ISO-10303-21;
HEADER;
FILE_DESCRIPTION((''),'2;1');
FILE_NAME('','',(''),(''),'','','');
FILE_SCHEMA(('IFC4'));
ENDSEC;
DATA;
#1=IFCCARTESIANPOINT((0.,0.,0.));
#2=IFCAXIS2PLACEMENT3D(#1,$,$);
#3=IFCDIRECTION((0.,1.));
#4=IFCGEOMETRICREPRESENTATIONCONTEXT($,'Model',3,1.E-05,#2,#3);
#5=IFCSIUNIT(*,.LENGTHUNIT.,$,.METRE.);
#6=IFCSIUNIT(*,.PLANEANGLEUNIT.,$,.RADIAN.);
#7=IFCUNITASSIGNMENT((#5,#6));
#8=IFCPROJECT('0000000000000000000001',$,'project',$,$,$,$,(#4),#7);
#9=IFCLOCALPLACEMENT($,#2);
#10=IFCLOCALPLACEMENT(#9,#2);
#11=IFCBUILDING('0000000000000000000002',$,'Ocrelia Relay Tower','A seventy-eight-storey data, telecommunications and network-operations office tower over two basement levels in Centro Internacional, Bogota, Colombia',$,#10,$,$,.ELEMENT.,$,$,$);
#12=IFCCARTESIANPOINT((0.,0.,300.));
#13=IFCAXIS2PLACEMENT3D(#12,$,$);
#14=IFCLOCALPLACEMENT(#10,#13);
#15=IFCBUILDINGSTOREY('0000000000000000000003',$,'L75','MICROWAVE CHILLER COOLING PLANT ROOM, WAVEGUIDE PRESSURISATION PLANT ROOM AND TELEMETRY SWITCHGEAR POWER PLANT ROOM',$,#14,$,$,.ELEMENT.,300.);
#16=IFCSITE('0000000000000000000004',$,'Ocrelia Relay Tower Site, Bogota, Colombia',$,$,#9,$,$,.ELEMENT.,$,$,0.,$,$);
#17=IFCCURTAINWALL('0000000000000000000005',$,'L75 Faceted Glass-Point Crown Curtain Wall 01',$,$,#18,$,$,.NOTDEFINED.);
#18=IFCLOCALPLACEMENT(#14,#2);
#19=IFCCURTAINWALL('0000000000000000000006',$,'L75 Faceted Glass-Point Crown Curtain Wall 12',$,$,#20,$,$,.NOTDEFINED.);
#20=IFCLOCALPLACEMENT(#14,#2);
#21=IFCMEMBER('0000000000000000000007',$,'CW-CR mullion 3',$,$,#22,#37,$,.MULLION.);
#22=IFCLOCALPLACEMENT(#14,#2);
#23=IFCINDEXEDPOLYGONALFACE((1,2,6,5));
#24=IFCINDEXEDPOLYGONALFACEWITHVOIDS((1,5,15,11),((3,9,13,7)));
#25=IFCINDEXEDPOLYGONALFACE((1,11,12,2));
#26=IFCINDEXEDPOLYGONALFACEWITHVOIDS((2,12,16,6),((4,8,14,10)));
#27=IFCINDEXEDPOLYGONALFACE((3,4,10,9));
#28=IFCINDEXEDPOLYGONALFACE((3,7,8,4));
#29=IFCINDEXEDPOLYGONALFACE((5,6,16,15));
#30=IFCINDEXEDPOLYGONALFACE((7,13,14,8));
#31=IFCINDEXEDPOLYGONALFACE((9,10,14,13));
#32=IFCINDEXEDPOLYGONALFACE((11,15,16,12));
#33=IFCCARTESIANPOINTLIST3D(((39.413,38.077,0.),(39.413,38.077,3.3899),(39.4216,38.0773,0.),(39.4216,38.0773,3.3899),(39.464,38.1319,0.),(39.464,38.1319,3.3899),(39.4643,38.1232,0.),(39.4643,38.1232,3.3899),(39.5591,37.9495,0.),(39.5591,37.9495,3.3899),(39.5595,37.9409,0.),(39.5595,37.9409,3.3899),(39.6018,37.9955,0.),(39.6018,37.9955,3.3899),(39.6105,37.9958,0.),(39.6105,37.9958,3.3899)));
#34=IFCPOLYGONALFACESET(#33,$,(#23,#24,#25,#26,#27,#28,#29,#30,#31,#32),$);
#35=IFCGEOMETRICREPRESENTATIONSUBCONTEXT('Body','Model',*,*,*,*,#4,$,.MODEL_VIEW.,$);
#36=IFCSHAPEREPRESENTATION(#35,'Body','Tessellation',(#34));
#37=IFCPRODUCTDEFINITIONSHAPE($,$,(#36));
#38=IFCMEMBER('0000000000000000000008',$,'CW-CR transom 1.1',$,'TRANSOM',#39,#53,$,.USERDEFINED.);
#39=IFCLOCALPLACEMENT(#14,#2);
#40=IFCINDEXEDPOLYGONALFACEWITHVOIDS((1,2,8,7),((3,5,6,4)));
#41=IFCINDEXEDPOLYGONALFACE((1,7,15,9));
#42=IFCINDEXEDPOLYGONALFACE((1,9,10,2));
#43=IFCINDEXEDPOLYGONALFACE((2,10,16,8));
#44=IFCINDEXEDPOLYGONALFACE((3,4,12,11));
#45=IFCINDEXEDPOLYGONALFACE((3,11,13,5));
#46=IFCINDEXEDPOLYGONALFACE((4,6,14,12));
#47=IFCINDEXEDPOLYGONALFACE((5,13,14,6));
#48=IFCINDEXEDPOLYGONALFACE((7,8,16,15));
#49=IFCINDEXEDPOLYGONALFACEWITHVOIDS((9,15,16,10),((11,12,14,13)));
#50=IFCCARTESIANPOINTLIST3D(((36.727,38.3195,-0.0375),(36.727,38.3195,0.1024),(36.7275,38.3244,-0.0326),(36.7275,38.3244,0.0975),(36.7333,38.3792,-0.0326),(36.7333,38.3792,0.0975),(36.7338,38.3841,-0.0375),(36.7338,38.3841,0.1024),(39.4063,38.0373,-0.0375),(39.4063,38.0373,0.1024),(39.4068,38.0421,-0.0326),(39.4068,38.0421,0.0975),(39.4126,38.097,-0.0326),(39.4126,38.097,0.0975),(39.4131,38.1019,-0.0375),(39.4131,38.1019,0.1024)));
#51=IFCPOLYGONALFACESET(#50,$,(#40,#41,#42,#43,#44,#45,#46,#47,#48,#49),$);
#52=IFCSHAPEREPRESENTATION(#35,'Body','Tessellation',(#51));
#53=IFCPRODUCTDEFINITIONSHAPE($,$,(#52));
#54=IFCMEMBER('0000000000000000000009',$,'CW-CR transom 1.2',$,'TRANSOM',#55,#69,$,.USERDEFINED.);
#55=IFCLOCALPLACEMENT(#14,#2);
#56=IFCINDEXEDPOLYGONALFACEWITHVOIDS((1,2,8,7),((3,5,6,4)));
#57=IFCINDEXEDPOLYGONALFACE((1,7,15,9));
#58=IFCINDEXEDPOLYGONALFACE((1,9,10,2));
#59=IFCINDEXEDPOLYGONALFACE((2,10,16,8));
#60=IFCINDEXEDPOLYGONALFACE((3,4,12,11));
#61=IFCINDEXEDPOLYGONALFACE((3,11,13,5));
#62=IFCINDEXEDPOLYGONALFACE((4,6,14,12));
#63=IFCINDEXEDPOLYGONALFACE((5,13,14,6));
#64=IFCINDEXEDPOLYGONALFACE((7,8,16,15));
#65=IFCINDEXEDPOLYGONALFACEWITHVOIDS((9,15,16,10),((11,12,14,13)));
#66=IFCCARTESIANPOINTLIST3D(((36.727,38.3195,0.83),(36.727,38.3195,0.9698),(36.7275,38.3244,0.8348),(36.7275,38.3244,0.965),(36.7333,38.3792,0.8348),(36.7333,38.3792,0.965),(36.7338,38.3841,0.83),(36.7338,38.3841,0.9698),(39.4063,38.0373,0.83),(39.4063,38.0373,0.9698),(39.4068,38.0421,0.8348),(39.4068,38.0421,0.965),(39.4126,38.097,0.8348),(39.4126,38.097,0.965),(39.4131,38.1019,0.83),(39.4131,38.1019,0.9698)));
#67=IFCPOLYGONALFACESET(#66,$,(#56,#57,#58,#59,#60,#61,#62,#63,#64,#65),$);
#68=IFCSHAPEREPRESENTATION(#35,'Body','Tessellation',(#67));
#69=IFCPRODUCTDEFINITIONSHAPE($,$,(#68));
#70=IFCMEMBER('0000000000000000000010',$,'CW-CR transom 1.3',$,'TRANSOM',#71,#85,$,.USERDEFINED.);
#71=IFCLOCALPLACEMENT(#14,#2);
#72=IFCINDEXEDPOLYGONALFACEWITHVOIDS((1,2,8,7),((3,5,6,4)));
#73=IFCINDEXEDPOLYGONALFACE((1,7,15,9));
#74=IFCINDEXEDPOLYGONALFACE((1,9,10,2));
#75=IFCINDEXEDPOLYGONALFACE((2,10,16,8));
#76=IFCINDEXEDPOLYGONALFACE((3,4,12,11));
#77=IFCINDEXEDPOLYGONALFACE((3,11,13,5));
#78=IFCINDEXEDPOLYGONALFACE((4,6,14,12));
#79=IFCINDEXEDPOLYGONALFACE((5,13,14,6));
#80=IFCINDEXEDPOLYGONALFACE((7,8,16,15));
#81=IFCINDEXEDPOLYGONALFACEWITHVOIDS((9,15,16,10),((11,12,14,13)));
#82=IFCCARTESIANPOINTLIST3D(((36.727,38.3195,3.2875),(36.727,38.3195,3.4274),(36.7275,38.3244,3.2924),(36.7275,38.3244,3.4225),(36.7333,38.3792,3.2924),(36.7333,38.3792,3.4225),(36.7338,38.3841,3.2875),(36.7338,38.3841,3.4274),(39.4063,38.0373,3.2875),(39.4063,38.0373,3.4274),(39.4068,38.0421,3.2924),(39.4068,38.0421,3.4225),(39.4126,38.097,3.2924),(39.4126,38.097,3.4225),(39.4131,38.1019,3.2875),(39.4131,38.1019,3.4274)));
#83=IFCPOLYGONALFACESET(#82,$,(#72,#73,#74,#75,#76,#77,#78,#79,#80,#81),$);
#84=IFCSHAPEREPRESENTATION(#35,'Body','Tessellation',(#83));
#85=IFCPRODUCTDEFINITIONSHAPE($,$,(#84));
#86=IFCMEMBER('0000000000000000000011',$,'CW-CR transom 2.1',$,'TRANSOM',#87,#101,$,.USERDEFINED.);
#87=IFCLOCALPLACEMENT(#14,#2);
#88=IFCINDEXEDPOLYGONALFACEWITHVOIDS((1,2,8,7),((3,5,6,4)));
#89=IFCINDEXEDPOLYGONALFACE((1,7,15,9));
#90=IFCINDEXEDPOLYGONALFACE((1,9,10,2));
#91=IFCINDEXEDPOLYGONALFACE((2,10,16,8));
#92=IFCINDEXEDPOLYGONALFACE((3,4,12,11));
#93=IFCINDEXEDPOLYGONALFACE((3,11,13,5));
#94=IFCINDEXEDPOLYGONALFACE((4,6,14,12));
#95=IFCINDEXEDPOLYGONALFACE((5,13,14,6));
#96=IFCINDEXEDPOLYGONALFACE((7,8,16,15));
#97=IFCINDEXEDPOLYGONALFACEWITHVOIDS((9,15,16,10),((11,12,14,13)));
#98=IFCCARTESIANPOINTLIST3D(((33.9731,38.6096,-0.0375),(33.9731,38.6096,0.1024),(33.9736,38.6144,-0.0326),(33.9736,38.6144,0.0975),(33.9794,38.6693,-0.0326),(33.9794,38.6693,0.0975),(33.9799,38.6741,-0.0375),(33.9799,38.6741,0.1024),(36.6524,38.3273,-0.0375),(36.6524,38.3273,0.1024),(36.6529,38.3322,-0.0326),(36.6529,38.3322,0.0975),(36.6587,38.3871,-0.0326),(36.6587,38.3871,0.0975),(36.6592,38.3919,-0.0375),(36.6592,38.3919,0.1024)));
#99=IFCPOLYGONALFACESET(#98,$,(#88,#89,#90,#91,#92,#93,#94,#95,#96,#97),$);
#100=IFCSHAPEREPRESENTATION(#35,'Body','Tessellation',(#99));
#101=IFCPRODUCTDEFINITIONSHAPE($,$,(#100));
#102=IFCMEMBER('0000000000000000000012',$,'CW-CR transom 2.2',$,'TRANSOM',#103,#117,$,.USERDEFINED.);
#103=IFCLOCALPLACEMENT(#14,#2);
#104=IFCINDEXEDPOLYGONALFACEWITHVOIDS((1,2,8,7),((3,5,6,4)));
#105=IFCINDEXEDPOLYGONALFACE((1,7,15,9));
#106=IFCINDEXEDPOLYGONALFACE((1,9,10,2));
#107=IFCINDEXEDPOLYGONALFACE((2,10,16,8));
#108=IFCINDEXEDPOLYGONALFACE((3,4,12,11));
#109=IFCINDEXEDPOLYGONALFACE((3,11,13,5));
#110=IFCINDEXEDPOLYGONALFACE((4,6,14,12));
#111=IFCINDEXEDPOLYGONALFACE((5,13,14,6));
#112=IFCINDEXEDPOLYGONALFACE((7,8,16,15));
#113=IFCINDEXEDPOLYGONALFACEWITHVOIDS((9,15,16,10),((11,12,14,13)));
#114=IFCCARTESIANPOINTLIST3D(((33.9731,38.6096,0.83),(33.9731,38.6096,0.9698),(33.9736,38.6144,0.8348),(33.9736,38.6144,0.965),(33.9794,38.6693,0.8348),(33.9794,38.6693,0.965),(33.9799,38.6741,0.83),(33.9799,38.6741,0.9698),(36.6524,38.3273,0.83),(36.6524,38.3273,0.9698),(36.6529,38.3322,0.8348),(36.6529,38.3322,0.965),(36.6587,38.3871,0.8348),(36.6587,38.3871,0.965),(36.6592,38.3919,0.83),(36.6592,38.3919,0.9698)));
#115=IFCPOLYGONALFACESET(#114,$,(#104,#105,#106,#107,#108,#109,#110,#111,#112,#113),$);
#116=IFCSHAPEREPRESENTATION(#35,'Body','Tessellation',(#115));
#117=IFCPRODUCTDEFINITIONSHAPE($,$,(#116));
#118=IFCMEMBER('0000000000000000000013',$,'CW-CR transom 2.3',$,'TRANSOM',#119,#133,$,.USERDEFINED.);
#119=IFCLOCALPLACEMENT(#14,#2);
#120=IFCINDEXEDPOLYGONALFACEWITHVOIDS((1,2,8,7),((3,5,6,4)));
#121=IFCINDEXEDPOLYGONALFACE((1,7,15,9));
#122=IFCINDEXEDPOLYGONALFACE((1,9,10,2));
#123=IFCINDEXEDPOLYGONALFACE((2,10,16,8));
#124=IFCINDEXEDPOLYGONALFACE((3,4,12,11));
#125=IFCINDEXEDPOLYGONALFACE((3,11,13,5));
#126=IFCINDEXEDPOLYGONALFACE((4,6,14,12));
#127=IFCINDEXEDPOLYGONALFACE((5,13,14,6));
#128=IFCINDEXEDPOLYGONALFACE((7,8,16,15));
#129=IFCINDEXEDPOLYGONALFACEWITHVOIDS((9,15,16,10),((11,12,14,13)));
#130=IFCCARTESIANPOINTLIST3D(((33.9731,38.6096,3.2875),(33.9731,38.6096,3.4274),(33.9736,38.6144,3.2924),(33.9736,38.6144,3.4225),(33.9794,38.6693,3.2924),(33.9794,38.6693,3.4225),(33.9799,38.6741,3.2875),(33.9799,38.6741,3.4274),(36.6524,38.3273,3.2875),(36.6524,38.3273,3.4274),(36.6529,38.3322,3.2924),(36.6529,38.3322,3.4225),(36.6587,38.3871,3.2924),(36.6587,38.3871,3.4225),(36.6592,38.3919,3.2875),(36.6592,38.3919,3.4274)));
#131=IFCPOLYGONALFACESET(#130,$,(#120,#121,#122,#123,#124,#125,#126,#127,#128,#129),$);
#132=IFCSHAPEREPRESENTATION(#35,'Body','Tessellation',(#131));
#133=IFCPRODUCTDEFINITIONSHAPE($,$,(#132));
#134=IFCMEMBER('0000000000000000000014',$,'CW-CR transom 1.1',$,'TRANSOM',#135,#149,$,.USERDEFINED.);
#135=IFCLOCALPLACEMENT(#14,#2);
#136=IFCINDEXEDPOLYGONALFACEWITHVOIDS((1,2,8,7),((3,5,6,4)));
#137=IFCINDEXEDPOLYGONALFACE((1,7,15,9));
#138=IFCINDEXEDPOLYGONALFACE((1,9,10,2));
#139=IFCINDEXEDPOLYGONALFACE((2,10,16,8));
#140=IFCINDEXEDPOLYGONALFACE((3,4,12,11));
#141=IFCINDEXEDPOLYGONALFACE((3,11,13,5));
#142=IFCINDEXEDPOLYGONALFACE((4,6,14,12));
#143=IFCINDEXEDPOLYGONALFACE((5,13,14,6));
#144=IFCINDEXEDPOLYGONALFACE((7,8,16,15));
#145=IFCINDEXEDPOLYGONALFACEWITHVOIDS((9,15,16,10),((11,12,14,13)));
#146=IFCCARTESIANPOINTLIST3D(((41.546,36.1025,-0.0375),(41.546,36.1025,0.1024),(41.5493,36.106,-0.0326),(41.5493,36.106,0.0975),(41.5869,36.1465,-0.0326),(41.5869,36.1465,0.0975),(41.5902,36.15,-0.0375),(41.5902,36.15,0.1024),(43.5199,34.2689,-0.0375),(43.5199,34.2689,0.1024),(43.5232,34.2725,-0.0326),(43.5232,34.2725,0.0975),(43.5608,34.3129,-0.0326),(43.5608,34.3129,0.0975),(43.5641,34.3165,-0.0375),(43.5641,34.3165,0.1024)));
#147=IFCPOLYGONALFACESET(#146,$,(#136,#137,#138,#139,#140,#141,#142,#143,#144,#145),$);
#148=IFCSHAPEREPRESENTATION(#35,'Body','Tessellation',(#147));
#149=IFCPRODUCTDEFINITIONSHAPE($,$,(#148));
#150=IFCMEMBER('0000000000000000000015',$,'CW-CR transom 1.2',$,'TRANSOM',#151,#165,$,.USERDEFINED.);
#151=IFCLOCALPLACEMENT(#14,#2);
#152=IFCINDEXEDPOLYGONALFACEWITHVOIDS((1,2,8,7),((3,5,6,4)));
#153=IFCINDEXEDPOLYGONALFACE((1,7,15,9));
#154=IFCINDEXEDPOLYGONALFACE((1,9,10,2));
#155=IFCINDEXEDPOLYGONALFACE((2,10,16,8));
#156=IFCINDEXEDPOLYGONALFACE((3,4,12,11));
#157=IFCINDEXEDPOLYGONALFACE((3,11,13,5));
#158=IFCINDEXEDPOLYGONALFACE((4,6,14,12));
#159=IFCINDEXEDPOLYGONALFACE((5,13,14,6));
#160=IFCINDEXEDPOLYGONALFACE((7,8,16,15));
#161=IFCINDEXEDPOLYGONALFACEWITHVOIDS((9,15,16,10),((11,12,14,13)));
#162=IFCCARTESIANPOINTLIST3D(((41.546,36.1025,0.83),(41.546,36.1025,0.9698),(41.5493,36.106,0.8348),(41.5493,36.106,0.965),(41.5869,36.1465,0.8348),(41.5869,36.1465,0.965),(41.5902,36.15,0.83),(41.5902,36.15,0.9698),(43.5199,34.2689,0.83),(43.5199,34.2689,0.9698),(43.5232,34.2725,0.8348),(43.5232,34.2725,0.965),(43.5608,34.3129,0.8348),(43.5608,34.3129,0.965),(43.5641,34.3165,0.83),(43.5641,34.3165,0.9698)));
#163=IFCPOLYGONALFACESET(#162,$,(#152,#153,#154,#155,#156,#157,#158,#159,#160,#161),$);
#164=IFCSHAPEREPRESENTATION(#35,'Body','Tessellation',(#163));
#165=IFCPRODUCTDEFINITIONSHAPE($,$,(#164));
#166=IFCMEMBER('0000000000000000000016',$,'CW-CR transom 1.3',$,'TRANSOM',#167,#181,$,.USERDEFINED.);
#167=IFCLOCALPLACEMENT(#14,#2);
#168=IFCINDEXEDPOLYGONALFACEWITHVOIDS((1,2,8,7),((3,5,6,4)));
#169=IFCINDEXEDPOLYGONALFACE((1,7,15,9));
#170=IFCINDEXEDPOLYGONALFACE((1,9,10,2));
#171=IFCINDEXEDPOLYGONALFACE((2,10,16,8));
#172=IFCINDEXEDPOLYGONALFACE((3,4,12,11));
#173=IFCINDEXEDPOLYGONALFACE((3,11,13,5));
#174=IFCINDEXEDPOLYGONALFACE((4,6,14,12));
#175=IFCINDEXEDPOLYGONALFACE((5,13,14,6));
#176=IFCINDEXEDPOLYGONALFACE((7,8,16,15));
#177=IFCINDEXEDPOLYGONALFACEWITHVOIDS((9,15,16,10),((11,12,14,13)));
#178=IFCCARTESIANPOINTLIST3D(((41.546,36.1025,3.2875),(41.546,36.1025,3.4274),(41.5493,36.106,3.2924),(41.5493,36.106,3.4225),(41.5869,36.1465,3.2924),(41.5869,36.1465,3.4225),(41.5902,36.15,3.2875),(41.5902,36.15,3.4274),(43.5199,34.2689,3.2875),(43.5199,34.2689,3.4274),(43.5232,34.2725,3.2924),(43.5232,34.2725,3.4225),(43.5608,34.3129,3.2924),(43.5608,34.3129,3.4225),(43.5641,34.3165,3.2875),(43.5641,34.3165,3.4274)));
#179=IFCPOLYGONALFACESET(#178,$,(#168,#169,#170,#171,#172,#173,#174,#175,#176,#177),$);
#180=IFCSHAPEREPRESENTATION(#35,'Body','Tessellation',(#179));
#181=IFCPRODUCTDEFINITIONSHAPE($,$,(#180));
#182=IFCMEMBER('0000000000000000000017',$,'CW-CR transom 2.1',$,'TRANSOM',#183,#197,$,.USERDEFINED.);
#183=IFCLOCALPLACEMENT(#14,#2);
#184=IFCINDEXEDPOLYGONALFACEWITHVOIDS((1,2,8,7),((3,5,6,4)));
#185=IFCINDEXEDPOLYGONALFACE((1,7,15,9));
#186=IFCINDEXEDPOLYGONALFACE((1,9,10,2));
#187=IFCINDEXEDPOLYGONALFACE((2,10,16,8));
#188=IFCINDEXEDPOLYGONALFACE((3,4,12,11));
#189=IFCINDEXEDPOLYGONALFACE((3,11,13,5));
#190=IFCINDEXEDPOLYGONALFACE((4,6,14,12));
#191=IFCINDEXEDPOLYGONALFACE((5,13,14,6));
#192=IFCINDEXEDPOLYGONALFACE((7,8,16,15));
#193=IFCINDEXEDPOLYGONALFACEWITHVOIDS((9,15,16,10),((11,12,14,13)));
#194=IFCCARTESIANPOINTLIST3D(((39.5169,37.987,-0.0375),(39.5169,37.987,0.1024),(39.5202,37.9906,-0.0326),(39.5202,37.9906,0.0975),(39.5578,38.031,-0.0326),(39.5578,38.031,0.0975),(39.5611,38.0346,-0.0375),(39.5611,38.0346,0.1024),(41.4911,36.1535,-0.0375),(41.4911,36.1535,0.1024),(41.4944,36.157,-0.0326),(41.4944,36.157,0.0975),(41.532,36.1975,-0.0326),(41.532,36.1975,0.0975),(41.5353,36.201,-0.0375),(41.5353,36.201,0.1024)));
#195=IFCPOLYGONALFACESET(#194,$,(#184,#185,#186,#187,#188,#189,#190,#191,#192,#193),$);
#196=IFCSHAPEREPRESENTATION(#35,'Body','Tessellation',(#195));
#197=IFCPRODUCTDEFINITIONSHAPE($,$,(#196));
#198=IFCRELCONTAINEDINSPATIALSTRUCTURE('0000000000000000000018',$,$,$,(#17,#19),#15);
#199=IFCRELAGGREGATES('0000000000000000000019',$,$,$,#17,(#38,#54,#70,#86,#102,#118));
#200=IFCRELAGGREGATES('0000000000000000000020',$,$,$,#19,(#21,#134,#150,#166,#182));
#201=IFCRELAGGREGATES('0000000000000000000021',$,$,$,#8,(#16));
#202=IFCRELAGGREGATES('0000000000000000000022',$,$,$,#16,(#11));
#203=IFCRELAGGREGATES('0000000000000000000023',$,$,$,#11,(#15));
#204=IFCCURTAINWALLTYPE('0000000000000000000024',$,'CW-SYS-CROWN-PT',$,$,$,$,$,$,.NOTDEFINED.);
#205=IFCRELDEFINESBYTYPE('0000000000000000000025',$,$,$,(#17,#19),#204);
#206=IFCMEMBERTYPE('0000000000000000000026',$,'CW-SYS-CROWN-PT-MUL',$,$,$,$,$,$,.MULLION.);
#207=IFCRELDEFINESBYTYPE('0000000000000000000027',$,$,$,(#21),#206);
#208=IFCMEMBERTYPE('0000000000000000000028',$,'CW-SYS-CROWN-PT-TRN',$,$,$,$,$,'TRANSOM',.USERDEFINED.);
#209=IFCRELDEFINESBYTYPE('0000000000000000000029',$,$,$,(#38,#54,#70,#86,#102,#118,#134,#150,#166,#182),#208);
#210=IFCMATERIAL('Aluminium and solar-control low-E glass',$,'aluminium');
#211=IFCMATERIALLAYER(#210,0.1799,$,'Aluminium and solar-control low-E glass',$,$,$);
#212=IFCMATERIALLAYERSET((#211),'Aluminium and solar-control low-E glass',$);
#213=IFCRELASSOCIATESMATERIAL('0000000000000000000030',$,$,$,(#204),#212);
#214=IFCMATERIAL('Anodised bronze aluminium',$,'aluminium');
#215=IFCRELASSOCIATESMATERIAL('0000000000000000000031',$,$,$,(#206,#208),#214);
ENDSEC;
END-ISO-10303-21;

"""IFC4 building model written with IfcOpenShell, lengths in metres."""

from ifc_helpers import new_model, si_unit, direction, frame, origin, origin_2d, place, context, subcontext, project, spatial, hollow_rectangle, extrude, material, layer, layer_set, material_profile, profile_set, type_object, element, aggregate, save


model = new_model("IFC4")

# Units and contexts
model_context = context("Model", 3, precision=1e-05, world=origin(), true_north=direction((0.0, 1.0)))
body_context = subcontext(model_context, "Body", "Model", "MODEL_VIEW")
ifc_project = project(units=[si_unit("LENGTHUNIT", "METRE"), si_unit("PLANEANGLEUNIT", "RADIAN")], contexts=[model_context])

# Site, building, storey
site_placement = place(None, origin())
site = spatial("IfcSite", under=ifc_project, at=site_placement, Name="Ocrelia Relay Tower Site, Bogota, Colombia", CompositionType="ELEMENT", RefElevation=0.0)
building_placement = place(site_placement, origin())
building = spatial("IfcBuilding", under=site, at=building_placement, Name="Ocrelia Relay Tower", Description="A seventy-eight-storey data, telecommunications and network-operations office tower over two basement levels in Centro Internacional, Bogota, Colombia", CompositionType="ELEMENT")
storey_placement = place(building_placement, frame((0.0, 0.0, 300.0)))
storey = spatial("IfcBuildingStorey", under=building, at=storey_placement, Name="L75", Description="MICROWAVE CHILLER COOLING PLANT ROOM, WAVEGUIDE PRESSURISATION PLANT ROOM AND TELEMETRY SWITCHGEAR POWER PLANT ROOM", CompositionType="ELEMENT", Elevation=300.0)

# Curtain wall
ifc_material_1 = material(Name="Aluminium and solar-control low-E glass", Category="aluminium")
ifc_layer_1 = layer(ifc_material_1, 0.1799, Name="Aluminium and solar-control low-E glass")
ifc_layer_set_1 = layer_set([ifc_layer_1], Name="Aluminium and solar-control low-E glass")
curtain_wall_type = type_object("IfcCurtainWallType", Name="CW-SYS-CROWN-PT", PredefinedType="NOTDEFINED", material=ifc_layer_set_1)
curtain_wall_1_placement = place(storey_placement, origin())
curtain_wall_1 = element("IfcCurtainWall", 1, at=curtain_wall_1_placement, inside=storey, type_object=curtain_wall_type, Name="L75 Faceted Glass-Point Crown Curtain Wall 01", PredefinedType="NOTDEFINED")
ifc_material_2 = material(Name="Anodised bronze aluminium", Category="aluminium")
ifc_material_profile_1 = material_profile(ifc_material_2, hollow_rectangle(XDim=0.075, YDim=0.2, WallThickness=0.0061, at=origin_2d()), Name="CW-MUL-200x75")
ifc_profile_set_1 = profile_set([ifc_material_profile_1], Name="Anodised bronze aluminium")
member_type_1 = type_object("IfcMemberType", Name="CW-SYS-CROWN-PT-MUL", PredefinedType="MULLION", material=ifc_profile_set_1)

# Curtain wall, member
curtain_wall_2_placement = place(storey_placement, origin())
curtain_wall_2 = element("IfcCurtainWall", 2, at=curtain_wall_2_placement, inside=storey, type_object=curtain_wall_type, Name="L75 Faceted Glass-Point Crown Curtain Wall 12", PredefinedType="NOTDEFINED")
member_1_placement = place(storey_placement, frame((39.5117, 38.0364, 0.0), z_axis=(0.0, 0.0, 1.0), x_axis=(-0.680553, -0.732699, 0.0)))
member_1 = element("IfcMember", 3, at=member_1_placement, type_object=member_type_1, Name="CW-CR mullion 3", PredefinedType="MULLION", context=body_context, shape_type="SweptSolid", body=[
    extrude(hollow_rectangle(XDim=0.075, YDim=0.2, WallThickness=0.0061, at=origin_2d()), origin(), (0.0, 0.0, 1.0), 3.3899),
])

# Members
ifc_material_profile_2 = material_profile(ifc_material_2, hollow_rectangle(XDim=0.0649, YDim=0.1399, WallThickness=0.0049, at=origin_2d()), Name="CW-TRN-140x65")
ifc_profile_set_2 = profile_set([ifc_material_profile_2], Name="Anodised bronze aluminium")
member_type_2 = type_object("IfcMemberType", Name="CW-SYS-CROWN-PT-TRN", ElementType="TRANSOM", PredefinedType="USERDEFINED", material=ifc_profile_set_2)
member_2_placement = place(storey_placement, frame((39.4097, 38.0696, 0.0325), z_axis=(-0.994498, 0.10476, 0.0), x_axis=(-0.10476, -0.994498, 0.0)))
member_2 = element("IfcMember", 4, at=member_2_placement, type_object=member_type_2, Name="CW-CR transom 1.1", ObjectType="TRANSOM", PredefinedType="USERDEFINED", context=body_context, shape_type="SweptSolid", body=[
    extrude(hollow_rectangle(XDim=0.0649, YDim=0.1399, WallThickness=0.0049, at=origin_2d()), origin(), (0.0, 0.0, 1.0), 2.6941),
])
member_3_placement = place(storey_placement, frame((39.4097, 38.0696, 0.8999), z_axis=(-0.994498, 0.10476, 0.0), x_axis=(-0.10476, -0.994498, 0.0)))
member_3 = element("IfcMember", 5, at=member_3_placement, type_object=member_type_2, Name="CW-CR transom 1.2", ObjectType="TRANSOM", PredefinedType="USERDEFINED", context=body_context, shape_type="SweptSolid", body=[
    extrude(hollow_rectangle(XDim=0.0649, YDim=0.1399, WallThickness=0.0049, at=origin_2d()), origin(), (0.0, 0.0, 1.0), 2.6941),
])
member_4_placement = place(storey_placement, frame((39.4097, 38.0696, 3.3574), z_axis=(-0.994498, 0.10476, 0.0), x_axis=(-0.10476, -0.994498, 0.0)))
member_4 = element("IfcMember", 6, at=member_4_placement, type_object=member_type_2, Name="CW-CR transom 1.3", ObjectType="TRANSOM", PredefinedType="USERDEFINED", context=body_context, shape_type="SweptSolid", body=[
    extrude(hollow_rectangle(XDim=0.0649, YDim=0.1399, WallThickness=0.0049, at=origin_2d()), origin(), (0.0, 0.0, 1.0), 2.6941),
])
member_5_placement = place(storey_placement, frame((36.6558, 38.3596, 0.0325), z_axis=(-0.994498, 0.10476, 0.0), x_axis=(-0.10476, -0.994498, 0.0)))
member_5 = element("IfcMember", 7, at=member_5_placement, type_object=member_type_2, Name="CW-CR transom 2.1", ObjectType="TRANSOM", PredefinedType="USERDEFINED", context=body_context, shape_type="SweptSolid", body=[
    extrude(hollow_rectangle(XDim=0.0649, YDim=0.1399, WallThickness=0.0049, at=origin_2d()), origin(), (0.0, 0.0, 1.0), 2.6941),
])
member_6_placement = place(storey_placement, frame((36.6558, 38.3596, 0.8999), z_axis=(-0.994498, 0.10476, 0.0), x_axis=(-0.10476, -0.994498, 0.0)))
member_6 = element("IfcMember", 8, at=member_6_placement, type_object=member_type_2, Name="CW-CR transom 2.2", ObjectType="TRANSOM", PredefinedType="USERDEFINED", context=body_context, shape_type="SweptSolid", body=[
    extrude(hollow_rectangle(XDim=0.0649, YDim=0.1399, WallThickness=0.0049, at=origin_2d()), origin(), (0.0, 0.0, 1.0), 2.6941),
])
member_7_placement = place(storey_placement, frame((36.6558, 38.3596, 3.3574), z_axis=(-0.994498, 0.10476, 0.0), x_axis=(-0.10476, -0.994498, 0.0)))
member_7 = element("IfcMember", 9, at=member_7_placement, type_object=member_type_2, Name="CW-CR transom 2.3", ObjectType="TRANSOM", PredefinedType="USERDEFINED", context=body_context, shape_type="SweptSolid", body=[
    extrude(hollow_rectangle(XDim=0.0649, YDim=0.1399, WallThickness=0.0049, at=origin_2d()), origin(), (0.0, 0.0, 1.0), 2.6941),
])
member_8_placement = place(storey_placement, frame((43.542, 34.2927, 0.0325), z_axis=(-0.732681, 0.680573, 0.0), x_axis=(-0.680573, -0.732681, 0.0)))
member_8 = element("IfcMember", 10, at=member_8_placement, type_object=member_type_2, Name="CW-CR transom 1.1", ObjectType="TRANSOM", PredefinedType="USERDEFINED", context=body_context, shape_type="SweptSolid", body=[
    extrude(hollow_rectangle(XDim=0.0649, YDim=0.1399, WallThickness=0.0049, at=origin_2d()), origin(), (0.0, 0.0, 1.0), 2.6941),
])
member_9_placement = place(storey_placement, frame((43.542, 34.2927, 0.8999), z_axis=(-0.732681, 0.680573, 0.0), x_axis=(-0.680573, -0.732681, 0.0)))
member_9 = element("IfcMember", 11, at=member_9_placement, type_object=member_type_2, Name="CW-CR transom 1.2", ObjectType="TRANSOM", PredefinedType="USERDEFINED", context=body_context, shape_type="SweptSolid", body=[
    extrude(hollow_rectangle(XDim=0.0649, YDim=0.1399, WallThickness=0.0049, at=origin_2d()), origin(), (0.0, 0.0, 1.0), 2.6941),
])
member_10_placement = place(storey_placement, frame((43.542, 34.2927, 3.3574), z_axis=(-0.732681, 0.680573, 0.0), x_axis=(-0.680573, -0.732681, 0.0)))
member_10 = element("IfcMember", 12, at=member_10_placement, type_object=member_type_2, Name="CW-CR transom 1.3", ObjectType="TRANSOM", PredefinedType="USERDEFINED", context=body_context, shape_type="SweptSolid", body=[
    extrude(hollow_rectangle(XDim=0.0649, YDim=0.1399, WallThickness=0.0049, at=origin_2d()), origin(), (0.0, 0.0, 1.0), 2.6941),
])
member_11_placement = place(storey_placement, frame((41.5132, 36.1772, 0.0325), z_axis=(-0.732722, 0.680528, 0.0), x_axis=(-0.680528, -0.732722, 0.0)))
member_11 = element("IfcMember", 13, at=member_11_placement, type_object=member_type_2, Name="CW-CR transom 2.1", ObjectType="TRANSOM", PredefinedType="USERDEFINED", context=body_context, shape_type="SweptSolid", body=[
    extrude(hollow_rectangle(XDim=0.0649, YDim=0.1399, WallThickness=0.0049, at=origin_2d()), origin(), (0.0, 0.0, 1.0), 2.6943),
])

aggregate(curtain_wall_1, [member_2, member_3, member_4, member_5, member_6, member_7])
aggregate(curtain_wall_2, [member_1, member_8, member_9, member_10, member_11])

save(model, "model.ifc")
